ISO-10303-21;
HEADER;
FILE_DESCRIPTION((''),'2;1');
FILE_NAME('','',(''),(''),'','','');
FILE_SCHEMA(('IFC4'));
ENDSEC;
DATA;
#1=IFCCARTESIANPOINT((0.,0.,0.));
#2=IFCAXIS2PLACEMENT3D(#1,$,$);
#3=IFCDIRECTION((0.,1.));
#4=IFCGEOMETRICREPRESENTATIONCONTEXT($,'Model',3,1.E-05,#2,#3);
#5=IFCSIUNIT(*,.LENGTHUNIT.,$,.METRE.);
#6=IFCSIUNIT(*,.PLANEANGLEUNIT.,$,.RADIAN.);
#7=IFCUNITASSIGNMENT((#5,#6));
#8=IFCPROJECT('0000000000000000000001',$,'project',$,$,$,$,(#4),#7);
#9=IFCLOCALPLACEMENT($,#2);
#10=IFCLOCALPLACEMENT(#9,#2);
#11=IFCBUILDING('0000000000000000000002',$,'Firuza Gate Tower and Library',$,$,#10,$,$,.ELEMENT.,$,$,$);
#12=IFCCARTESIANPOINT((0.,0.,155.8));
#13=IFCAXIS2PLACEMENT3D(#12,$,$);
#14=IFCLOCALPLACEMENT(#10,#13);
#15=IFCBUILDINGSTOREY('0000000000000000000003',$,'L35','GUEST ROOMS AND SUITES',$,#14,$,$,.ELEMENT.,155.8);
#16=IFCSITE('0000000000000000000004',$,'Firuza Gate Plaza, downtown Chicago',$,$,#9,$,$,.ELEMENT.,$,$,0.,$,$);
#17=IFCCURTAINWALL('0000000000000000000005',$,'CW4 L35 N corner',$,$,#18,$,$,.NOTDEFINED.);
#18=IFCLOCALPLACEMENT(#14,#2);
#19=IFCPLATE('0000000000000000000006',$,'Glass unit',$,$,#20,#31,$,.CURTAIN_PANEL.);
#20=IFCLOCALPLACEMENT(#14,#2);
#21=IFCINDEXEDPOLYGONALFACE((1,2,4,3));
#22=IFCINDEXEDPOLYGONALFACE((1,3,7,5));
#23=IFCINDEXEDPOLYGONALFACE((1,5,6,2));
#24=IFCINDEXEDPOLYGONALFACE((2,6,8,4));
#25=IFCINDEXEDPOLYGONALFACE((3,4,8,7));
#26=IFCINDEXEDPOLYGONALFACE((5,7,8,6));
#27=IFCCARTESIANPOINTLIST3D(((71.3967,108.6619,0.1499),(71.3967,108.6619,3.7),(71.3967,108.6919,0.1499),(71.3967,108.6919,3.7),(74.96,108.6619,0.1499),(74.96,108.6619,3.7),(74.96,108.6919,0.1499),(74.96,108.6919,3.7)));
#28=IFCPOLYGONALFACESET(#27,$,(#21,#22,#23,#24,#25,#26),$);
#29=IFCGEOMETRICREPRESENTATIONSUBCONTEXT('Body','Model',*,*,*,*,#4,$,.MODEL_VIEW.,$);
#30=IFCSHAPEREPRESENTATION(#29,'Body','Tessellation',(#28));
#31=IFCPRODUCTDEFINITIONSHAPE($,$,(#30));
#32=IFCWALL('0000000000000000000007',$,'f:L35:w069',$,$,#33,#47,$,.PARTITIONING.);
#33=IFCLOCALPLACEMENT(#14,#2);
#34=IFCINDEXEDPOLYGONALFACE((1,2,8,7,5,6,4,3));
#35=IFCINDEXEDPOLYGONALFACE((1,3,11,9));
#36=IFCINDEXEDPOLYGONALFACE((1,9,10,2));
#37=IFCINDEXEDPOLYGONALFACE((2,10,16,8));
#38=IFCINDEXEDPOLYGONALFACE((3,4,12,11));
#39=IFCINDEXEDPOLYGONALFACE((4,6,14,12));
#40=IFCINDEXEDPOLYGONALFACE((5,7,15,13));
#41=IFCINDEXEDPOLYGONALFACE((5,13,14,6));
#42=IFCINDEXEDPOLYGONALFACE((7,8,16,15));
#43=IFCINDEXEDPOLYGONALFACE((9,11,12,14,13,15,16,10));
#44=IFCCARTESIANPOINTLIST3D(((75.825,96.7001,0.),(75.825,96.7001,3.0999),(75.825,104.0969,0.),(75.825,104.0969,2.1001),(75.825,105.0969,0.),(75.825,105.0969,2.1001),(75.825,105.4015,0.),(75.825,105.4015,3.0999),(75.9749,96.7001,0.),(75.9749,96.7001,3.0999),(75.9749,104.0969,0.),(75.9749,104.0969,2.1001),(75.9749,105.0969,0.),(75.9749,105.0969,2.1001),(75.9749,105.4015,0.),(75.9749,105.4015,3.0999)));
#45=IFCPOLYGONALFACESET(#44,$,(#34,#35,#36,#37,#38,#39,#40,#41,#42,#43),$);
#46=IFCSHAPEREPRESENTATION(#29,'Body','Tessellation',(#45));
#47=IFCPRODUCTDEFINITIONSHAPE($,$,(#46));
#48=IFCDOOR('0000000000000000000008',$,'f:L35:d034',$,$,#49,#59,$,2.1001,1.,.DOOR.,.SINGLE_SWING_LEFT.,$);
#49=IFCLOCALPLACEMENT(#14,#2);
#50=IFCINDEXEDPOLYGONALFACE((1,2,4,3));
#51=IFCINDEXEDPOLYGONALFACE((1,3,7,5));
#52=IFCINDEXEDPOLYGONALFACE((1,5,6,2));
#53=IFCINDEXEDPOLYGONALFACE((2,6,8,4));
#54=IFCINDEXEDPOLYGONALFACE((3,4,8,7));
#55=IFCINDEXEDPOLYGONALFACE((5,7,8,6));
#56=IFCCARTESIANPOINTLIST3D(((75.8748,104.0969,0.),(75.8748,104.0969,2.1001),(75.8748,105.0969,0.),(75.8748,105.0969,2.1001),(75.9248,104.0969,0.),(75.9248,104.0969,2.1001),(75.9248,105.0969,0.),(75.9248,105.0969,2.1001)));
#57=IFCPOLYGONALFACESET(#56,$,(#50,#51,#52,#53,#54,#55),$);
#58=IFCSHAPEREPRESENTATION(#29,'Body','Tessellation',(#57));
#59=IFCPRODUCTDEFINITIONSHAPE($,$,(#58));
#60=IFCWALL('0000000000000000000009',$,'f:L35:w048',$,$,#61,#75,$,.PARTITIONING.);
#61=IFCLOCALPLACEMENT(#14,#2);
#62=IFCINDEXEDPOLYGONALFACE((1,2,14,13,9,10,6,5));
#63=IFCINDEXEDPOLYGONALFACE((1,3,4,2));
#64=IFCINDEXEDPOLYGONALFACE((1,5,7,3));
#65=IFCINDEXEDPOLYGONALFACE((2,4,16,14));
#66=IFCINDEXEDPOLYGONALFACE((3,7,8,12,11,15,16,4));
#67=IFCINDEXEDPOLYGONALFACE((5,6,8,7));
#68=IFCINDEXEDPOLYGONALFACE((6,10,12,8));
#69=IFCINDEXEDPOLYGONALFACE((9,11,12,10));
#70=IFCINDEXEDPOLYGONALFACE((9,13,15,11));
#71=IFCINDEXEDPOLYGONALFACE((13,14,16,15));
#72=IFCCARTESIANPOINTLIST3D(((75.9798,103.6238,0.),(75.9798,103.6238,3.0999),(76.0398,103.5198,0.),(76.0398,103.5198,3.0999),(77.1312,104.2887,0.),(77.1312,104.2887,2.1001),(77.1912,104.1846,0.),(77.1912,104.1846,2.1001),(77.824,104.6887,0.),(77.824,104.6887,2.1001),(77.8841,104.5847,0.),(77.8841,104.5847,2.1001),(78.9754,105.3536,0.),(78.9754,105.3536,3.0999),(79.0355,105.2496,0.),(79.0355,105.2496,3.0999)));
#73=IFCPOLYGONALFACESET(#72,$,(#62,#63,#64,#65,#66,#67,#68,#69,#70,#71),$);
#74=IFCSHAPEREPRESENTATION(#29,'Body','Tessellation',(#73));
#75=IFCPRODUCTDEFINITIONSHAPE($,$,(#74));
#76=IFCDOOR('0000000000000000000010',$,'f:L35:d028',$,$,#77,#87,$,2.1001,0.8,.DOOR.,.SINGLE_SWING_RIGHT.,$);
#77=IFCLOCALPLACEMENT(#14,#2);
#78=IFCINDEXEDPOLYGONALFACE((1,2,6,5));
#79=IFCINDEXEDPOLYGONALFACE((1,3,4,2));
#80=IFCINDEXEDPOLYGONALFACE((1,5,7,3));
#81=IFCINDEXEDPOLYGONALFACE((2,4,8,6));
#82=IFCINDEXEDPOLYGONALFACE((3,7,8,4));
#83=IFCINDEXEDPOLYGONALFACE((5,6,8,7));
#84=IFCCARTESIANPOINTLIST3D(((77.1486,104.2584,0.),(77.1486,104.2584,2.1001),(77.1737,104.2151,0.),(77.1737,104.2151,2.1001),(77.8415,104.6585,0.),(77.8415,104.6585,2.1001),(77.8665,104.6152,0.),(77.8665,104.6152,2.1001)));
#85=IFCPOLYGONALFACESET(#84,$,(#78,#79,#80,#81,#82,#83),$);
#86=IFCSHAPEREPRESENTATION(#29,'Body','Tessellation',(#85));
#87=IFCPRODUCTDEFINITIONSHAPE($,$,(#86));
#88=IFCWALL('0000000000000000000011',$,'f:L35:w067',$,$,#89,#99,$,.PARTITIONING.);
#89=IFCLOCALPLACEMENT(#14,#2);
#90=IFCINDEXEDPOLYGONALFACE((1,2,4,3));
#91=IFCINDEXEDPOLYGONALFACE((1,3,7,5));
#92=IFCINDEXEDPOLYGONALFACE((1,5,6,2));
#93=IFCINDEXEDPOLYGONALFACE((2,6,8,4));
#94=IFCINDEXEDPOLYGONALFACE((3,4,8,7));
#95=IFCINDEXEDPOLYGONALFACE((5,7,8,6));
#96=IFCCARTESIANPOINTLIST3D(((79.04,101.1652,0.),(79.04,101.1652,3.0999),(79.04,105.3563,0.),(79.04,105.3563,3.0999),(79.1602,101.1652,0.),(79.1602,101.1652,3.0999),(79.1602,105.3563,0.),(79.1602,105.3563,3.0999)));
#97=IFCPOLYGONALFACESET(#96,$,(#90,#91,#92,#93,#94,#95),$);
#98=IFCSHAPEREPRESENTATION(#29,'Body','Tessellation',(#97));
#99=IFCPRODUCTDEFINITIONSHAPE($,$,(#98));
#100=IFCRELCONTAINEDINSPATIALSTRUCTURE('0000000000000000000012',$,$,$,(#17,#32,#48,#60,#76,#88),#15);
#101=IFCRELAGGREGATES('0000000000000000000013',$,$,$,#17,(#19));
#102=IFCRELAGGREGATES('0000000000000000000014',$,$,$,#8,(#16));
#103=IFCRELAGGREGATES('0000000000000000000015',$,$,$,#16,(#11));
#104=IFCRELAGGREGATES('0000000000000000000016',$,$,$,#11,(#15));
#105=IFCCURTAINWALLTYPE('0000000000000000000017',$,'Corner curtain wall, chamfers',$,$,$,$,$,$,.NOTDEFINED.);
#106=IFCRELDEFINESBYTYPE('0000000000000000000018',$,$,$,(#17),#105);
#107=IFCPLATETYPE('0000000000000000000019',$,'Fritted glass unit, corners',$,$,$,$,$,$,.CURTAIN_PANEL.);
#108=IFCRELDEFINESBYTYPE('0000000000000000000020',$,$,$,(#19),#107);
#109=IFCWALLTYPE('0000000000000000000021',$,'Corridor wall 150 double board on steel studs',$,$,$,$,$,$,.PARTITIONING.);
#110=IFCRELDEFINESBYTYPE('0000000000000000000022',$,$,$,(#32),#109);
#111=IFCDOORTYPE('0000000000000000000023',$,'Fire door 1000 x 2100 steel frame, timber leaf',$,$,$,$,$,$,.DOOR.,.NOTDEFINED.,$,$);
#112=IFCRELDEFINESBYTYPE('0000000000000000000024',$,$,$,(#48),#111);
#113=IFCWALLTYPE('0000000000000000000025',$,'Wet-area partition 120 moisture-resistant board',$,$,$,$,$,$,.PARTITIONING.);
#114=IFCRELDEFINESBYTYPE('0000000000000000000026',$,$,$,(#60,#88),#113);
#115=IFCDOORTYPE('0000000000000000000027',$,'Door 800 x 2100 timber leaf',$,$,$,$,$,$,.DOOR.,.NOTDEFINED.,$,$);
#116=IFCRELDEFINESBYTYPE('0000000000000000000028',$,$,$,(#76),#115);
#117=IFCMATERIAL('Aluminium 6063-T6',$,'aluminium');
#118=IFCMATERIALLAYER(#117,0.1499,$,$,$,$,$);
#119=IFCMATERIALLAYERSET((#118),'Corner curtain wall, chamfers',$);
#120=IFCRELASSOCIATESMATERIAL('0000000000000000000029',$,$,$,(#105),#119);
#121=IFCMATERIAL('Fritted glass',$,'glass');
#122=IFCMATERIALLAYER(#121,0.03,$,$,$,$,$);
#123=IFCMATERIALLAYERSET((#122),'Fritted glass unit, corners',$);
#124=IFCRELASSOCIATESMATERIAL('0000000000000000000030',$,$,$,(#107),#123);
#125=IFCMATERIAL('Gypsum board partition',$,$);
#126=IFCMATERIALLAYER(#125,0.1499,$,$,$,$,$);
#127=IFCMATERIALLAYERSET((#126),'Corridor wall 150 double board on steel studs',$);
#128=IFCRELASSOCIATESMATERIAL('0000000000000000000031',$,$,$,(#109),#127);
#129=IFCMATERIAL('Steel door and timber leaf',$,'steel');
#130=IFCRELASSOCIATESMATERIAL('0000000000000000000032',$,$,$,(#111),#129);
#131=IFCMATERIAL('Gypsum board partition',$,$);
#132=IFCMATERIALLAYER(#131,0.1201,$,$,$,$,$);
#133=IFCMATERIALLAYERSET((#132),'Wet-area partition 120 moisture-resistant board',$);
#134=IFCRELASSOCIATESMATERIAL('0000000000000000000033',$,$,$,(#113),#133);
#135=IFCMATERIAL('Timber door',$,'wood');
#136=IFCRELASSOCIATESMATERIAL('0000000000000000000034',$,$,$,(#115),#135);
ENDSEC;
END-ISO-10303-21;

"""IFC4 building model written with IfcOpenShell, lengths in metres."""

from ifc_helpers import new_model, si_unit, direction, frame, frame_2d, origin, place, context, subcontext, project, spatial, polyline, rectangle, outline, extrude, material, layer, layer_set, type_object, element, fill, aggregate, save


model = new_model("IFC4")

# Units and contexts
model_context = context("Model", 3, precision=1e-05, world=origin(), true_north=direction((0.0, 1.0)))
body_context = subcontext(model_context, "Body", "Model", "MODEL_VIEW")
ifc_project = project(units=[si_unit("LENGTHUNIT", "METRE"), si_unit("PLANEANGLEUNIT", "RADIAN")], contexts=[model_context])

# Site, building, storey
site_placement = place(None, origin())
site = spatial("IfcSite", under=ifc_project, at=site_placement, Name="Firuza Gate Plaza, downtown Chicago", CompositionType="ELEMENT", RefElevation=0.0)
building_placement = place(site_placement, origin())
building = spatial("IfcBuilding", under=site, at=building_placement, Name="Firuza Gate Tower and Library", CompositionType="ELEMENT")
storey_placement = place(building_placement, frame((0.0, 0.0, 155.8)))
storey = spatial("IfcBuildingStorey", under=building, at=storey_placement, Name="L35", Description="GUEST ROOMS AND SUITES", CompositionType="ELEMENT", Elevation=155.8)

# Curtain wall
ifc_material_1 = material(Name="Aluminium 6063-T6", Category="aluminium")
ifc_layer_1 = layer(ifc_material_1, 0.1499)
ifc_layer_set_1 = layer_set([ifc_layer_1], Name="Corner curtain wall, chamfers")
curtain_wall_type = type_object("IfcCurtainWallType", Name="Corner curtain wall, chamfers", PredefinedType="NOTDEFINED", material=ifc_layer_set_1)
curtain_wall_placement = place(storey_placement, origin())
curtain_wall = element("IfcCurtainWall", 1, at=curtain_wall_placement, inside=storey, type_object=curtain_wall_type, Name="CW4 L35 N corner", PredefinedType="NOTDEFINED")

# Plate
ifc_material_2 = material(Name="Fritted glass", Category="glass")
ifc_layer_2 = layer(ifc_material_2, 0.03)
ifc_layer_set_2 = layer_set([ifc_layer_2], Name="Fritted glass unit, corners")
plate_type = type_object("IfcPlateType", Name="Fritted glass unit, corners", PredefinedType="CURTAIN_PANEL", material=ifc_layer_set_2)
plate_1_placement = place(storey_placement, frame((74.96, 108.6919, 0.1499), z_axis=(0.0, 1.0, 0.0), x_axis=(-1.0, 0.0, 0.0)))
plate_1 = element("IfcPlate", 2, at=plate_1_placement, type_object=plate_type, Name="Glass unit", PredefinedType="CURTAIN_PANEL", context=body_context, shape_type="SweptSolid", body=[
    extrude(outline(polyline([(0.0, 0.0), (3.5632, 0.0), (3.5632, 3.55), (0.0, 3.55), (0.0, 0.0)])), origin(), (0.0, 0.0, -1.0), 0.03),
])
aggregate(curtain_wall, [plate_1])

# Walls, openings, doors
ifc_material_3 = material(Name="Gypsum board partition")
ifc_layer_3 = layer(ifc_material_3, 0.1499)
ifc_layer_set_3 = layer_set([ifc_layer_3], Name="Corridor wall 150 double board on steel studs")
wall_type_1 = type_object("IfcWallType", Name="Corridor wall 150 double board on steel studs", PredefinedType="PARTITIONING", material=ifc_layer_set_3)
wall_1_placement = place(storey_placement, frame((75.8999, 105.4014, 0.0), z_axis=(0.0, 0.0, 1.0), x_axis=(0.0, -1.0, 0.0)))
wall_1 = element("IfcWall", 3, at=wall_1_placement, inside=storey, type_object=wall_type_1, Name="f:L35:w069", PredefinedType="PARTITIONING", context=body_context, shape_type="SweptSolid", body=[
    extrude(rectangle(XDim=8.7014, YDim=0.1499, at=frame_2d((4.3506, 0.0))), origin(), (0.0, 0.0, 1.0), 3.0999),
])
opening_1_placement = place(wall_1_placement, frame((0.3044, 0.0, 0.0)))
opening_1 = element("IfcOpeningElement", 4, at=opening_1_placement, cuts=wall_1, PredefinedType="OPENING", context=body_context, shape_type="SweptSolid", body=[
    extrude(rectangle(XDim=1.0, YDim=2.1001, at=frame_2d((0.5, 1.05))), frame((0.0, 0.085, 0.0), z_axis=(0.0, -1.0, 0.0), x_axis=(1.0, 0.0, 0.0)), (0.0, 0.0, 1.0), 0.1699),
])
ifc_material_4 = material(Name="Steel door and timber leaf", Category="steel")
door_type_1 = type_object("IfcDoorType", Name="Fire door 1000 x 2100 steel frame, timber leaf", OperationType="NOTDEFINED", PredefinedType="DOOR", material=ifc_material_4)
door_1_placement = place(opening_1_placement, origin())
door_1 = element("IfcDoor", 5, at=door_1_placement, inside=storey, type_object=door_type_1, Name="f:L35:d034", OperationType="SINGLE_SWING_LEFT", OverallHeight=2.1001, OverallWidth=1.0, PredefinedType="DOOR", context=body_context, shape_type="SweptSolid", body=[
    extrude(rectangle(XDim=1.0, YDim=2.1001, at=frame_2d((0.5, 1.05))), frame((0.0, 0.0249, 0.0), z_axis=(0.0, -1.0, 0.0), x_axis=(1.0, 0.0, 0.0)), (0.0, 0.0, 1.0), 0.05),
])
fill(opening_1, door_1)
ifc_material_5 = material(Name="Gypsum board partition")
ifc_layer_4 = layer(ifc_material_5, 0.1201)
ifc_layer_set_4 = layer_set([ifc_layer_4], Name="Wet-area partition 120 moisture-resistant board")
wall_type_2 = type_object("IfcWallType", Name="Wet-area partition 120 moisture-resistant board", PredefinedType="PARTITIONING", material=ifc_layer_set_4)
wall_2_placement = place(storey_placement, frame((79.0054, 105.3015, 0.0), z_axis=(0.0, 0.0, 1.0), x_axis=(-0.865998, -0.500048, 0.0)))
wall_2 = element("IfcWall", 6, at=wall_2_placement, inside=storey, type_object=wall_type_2, Name="f:L35:w048", PredefinedType="PARTITIONING", context=body_context, shape_type="SweptSolid", body=[
    extrude(rectangle(XDim=3.4592, YDim=0.1201, at=frame_2d((1.7295, 0.0))), origin(), (0.0, 0.0, 1.0), 3.0999),
])
opening_2_placement = place(wall_2_placement, frame((1.3296, 0.0, 0.0)))
opening_2 = element("IfcOpeningElement", 7, at=opening_2_placement, cuts=wall_2, PredefinedType="OPENING", context=body_context, shape_type="SweptSolid", body=[
    extrude(rectangle(XDim=0.8, YDim=2.1001, at=frame_2d((0.3999, 1.05))), frame((0.0, 0.0701, 0.0), z_axis=(0.0, -1.0, 0.0), x_axis=(1.0, 0.0, 0.0)), (0.0, 0.0, 1.0), 0.1401),
])
ifc_material_6 = material(Name="Timber door", Category="wood")
door_type_2 = type_object("IfcDoorType", Name="Door 800 x 2100 timber leaf", OperationType="NOTDEFINED", PredefinedType="DOOR", material=ifc_material_6)
door_2_placement = place(opening_2_placement, origin())
door_2 = element("IfcDoor", 8, at=door_2_placement, inside=storey, type_object=door_type_2, Name="f:L35:d028", OperationType="SINGLE_SWING_RIGHT", OverallHeight=2.1001, OverallWidth=0.8, PredefinedType="DOOR", context=body_context, shape_type="SweptSolid", body=[
    extrude(rectangle(XDim=0.8, YDim=2.1001, at=frame_2d((0.3999, 1.05))), frame((0.0, 0.0249, 0.0), z_axis=(0.0, -1.0, 0.0), x_axis=(1.0, 0.0, 0.0)), (0.0, 0.0, 1.0), 0.05),
])
fill(opening_2, door_2)

# Wall
wall_3_placement = place(storey_placement, frame((79.1001, 101.165, 0.0), z_axis=(0.0, 0.0, 1.0), x_axis=(0.0, 1.0, 0.0)))
element("IfcWall", 9, at=wall_3_placement, inside=storey, type_object=wall_type_2, Name="f:L35:w067", PredefinedType="PARTITIONING", context=body_context, shape_type="SweptSolid", body=[
    extrude(rectangle(XDim=4.1912, YDim=0.1201, at=frame_2d((2.0957, 0.0))), origin(), (0.0, 0.0, 1.0), 3.0999),
])

save(model, "model.ifc")
